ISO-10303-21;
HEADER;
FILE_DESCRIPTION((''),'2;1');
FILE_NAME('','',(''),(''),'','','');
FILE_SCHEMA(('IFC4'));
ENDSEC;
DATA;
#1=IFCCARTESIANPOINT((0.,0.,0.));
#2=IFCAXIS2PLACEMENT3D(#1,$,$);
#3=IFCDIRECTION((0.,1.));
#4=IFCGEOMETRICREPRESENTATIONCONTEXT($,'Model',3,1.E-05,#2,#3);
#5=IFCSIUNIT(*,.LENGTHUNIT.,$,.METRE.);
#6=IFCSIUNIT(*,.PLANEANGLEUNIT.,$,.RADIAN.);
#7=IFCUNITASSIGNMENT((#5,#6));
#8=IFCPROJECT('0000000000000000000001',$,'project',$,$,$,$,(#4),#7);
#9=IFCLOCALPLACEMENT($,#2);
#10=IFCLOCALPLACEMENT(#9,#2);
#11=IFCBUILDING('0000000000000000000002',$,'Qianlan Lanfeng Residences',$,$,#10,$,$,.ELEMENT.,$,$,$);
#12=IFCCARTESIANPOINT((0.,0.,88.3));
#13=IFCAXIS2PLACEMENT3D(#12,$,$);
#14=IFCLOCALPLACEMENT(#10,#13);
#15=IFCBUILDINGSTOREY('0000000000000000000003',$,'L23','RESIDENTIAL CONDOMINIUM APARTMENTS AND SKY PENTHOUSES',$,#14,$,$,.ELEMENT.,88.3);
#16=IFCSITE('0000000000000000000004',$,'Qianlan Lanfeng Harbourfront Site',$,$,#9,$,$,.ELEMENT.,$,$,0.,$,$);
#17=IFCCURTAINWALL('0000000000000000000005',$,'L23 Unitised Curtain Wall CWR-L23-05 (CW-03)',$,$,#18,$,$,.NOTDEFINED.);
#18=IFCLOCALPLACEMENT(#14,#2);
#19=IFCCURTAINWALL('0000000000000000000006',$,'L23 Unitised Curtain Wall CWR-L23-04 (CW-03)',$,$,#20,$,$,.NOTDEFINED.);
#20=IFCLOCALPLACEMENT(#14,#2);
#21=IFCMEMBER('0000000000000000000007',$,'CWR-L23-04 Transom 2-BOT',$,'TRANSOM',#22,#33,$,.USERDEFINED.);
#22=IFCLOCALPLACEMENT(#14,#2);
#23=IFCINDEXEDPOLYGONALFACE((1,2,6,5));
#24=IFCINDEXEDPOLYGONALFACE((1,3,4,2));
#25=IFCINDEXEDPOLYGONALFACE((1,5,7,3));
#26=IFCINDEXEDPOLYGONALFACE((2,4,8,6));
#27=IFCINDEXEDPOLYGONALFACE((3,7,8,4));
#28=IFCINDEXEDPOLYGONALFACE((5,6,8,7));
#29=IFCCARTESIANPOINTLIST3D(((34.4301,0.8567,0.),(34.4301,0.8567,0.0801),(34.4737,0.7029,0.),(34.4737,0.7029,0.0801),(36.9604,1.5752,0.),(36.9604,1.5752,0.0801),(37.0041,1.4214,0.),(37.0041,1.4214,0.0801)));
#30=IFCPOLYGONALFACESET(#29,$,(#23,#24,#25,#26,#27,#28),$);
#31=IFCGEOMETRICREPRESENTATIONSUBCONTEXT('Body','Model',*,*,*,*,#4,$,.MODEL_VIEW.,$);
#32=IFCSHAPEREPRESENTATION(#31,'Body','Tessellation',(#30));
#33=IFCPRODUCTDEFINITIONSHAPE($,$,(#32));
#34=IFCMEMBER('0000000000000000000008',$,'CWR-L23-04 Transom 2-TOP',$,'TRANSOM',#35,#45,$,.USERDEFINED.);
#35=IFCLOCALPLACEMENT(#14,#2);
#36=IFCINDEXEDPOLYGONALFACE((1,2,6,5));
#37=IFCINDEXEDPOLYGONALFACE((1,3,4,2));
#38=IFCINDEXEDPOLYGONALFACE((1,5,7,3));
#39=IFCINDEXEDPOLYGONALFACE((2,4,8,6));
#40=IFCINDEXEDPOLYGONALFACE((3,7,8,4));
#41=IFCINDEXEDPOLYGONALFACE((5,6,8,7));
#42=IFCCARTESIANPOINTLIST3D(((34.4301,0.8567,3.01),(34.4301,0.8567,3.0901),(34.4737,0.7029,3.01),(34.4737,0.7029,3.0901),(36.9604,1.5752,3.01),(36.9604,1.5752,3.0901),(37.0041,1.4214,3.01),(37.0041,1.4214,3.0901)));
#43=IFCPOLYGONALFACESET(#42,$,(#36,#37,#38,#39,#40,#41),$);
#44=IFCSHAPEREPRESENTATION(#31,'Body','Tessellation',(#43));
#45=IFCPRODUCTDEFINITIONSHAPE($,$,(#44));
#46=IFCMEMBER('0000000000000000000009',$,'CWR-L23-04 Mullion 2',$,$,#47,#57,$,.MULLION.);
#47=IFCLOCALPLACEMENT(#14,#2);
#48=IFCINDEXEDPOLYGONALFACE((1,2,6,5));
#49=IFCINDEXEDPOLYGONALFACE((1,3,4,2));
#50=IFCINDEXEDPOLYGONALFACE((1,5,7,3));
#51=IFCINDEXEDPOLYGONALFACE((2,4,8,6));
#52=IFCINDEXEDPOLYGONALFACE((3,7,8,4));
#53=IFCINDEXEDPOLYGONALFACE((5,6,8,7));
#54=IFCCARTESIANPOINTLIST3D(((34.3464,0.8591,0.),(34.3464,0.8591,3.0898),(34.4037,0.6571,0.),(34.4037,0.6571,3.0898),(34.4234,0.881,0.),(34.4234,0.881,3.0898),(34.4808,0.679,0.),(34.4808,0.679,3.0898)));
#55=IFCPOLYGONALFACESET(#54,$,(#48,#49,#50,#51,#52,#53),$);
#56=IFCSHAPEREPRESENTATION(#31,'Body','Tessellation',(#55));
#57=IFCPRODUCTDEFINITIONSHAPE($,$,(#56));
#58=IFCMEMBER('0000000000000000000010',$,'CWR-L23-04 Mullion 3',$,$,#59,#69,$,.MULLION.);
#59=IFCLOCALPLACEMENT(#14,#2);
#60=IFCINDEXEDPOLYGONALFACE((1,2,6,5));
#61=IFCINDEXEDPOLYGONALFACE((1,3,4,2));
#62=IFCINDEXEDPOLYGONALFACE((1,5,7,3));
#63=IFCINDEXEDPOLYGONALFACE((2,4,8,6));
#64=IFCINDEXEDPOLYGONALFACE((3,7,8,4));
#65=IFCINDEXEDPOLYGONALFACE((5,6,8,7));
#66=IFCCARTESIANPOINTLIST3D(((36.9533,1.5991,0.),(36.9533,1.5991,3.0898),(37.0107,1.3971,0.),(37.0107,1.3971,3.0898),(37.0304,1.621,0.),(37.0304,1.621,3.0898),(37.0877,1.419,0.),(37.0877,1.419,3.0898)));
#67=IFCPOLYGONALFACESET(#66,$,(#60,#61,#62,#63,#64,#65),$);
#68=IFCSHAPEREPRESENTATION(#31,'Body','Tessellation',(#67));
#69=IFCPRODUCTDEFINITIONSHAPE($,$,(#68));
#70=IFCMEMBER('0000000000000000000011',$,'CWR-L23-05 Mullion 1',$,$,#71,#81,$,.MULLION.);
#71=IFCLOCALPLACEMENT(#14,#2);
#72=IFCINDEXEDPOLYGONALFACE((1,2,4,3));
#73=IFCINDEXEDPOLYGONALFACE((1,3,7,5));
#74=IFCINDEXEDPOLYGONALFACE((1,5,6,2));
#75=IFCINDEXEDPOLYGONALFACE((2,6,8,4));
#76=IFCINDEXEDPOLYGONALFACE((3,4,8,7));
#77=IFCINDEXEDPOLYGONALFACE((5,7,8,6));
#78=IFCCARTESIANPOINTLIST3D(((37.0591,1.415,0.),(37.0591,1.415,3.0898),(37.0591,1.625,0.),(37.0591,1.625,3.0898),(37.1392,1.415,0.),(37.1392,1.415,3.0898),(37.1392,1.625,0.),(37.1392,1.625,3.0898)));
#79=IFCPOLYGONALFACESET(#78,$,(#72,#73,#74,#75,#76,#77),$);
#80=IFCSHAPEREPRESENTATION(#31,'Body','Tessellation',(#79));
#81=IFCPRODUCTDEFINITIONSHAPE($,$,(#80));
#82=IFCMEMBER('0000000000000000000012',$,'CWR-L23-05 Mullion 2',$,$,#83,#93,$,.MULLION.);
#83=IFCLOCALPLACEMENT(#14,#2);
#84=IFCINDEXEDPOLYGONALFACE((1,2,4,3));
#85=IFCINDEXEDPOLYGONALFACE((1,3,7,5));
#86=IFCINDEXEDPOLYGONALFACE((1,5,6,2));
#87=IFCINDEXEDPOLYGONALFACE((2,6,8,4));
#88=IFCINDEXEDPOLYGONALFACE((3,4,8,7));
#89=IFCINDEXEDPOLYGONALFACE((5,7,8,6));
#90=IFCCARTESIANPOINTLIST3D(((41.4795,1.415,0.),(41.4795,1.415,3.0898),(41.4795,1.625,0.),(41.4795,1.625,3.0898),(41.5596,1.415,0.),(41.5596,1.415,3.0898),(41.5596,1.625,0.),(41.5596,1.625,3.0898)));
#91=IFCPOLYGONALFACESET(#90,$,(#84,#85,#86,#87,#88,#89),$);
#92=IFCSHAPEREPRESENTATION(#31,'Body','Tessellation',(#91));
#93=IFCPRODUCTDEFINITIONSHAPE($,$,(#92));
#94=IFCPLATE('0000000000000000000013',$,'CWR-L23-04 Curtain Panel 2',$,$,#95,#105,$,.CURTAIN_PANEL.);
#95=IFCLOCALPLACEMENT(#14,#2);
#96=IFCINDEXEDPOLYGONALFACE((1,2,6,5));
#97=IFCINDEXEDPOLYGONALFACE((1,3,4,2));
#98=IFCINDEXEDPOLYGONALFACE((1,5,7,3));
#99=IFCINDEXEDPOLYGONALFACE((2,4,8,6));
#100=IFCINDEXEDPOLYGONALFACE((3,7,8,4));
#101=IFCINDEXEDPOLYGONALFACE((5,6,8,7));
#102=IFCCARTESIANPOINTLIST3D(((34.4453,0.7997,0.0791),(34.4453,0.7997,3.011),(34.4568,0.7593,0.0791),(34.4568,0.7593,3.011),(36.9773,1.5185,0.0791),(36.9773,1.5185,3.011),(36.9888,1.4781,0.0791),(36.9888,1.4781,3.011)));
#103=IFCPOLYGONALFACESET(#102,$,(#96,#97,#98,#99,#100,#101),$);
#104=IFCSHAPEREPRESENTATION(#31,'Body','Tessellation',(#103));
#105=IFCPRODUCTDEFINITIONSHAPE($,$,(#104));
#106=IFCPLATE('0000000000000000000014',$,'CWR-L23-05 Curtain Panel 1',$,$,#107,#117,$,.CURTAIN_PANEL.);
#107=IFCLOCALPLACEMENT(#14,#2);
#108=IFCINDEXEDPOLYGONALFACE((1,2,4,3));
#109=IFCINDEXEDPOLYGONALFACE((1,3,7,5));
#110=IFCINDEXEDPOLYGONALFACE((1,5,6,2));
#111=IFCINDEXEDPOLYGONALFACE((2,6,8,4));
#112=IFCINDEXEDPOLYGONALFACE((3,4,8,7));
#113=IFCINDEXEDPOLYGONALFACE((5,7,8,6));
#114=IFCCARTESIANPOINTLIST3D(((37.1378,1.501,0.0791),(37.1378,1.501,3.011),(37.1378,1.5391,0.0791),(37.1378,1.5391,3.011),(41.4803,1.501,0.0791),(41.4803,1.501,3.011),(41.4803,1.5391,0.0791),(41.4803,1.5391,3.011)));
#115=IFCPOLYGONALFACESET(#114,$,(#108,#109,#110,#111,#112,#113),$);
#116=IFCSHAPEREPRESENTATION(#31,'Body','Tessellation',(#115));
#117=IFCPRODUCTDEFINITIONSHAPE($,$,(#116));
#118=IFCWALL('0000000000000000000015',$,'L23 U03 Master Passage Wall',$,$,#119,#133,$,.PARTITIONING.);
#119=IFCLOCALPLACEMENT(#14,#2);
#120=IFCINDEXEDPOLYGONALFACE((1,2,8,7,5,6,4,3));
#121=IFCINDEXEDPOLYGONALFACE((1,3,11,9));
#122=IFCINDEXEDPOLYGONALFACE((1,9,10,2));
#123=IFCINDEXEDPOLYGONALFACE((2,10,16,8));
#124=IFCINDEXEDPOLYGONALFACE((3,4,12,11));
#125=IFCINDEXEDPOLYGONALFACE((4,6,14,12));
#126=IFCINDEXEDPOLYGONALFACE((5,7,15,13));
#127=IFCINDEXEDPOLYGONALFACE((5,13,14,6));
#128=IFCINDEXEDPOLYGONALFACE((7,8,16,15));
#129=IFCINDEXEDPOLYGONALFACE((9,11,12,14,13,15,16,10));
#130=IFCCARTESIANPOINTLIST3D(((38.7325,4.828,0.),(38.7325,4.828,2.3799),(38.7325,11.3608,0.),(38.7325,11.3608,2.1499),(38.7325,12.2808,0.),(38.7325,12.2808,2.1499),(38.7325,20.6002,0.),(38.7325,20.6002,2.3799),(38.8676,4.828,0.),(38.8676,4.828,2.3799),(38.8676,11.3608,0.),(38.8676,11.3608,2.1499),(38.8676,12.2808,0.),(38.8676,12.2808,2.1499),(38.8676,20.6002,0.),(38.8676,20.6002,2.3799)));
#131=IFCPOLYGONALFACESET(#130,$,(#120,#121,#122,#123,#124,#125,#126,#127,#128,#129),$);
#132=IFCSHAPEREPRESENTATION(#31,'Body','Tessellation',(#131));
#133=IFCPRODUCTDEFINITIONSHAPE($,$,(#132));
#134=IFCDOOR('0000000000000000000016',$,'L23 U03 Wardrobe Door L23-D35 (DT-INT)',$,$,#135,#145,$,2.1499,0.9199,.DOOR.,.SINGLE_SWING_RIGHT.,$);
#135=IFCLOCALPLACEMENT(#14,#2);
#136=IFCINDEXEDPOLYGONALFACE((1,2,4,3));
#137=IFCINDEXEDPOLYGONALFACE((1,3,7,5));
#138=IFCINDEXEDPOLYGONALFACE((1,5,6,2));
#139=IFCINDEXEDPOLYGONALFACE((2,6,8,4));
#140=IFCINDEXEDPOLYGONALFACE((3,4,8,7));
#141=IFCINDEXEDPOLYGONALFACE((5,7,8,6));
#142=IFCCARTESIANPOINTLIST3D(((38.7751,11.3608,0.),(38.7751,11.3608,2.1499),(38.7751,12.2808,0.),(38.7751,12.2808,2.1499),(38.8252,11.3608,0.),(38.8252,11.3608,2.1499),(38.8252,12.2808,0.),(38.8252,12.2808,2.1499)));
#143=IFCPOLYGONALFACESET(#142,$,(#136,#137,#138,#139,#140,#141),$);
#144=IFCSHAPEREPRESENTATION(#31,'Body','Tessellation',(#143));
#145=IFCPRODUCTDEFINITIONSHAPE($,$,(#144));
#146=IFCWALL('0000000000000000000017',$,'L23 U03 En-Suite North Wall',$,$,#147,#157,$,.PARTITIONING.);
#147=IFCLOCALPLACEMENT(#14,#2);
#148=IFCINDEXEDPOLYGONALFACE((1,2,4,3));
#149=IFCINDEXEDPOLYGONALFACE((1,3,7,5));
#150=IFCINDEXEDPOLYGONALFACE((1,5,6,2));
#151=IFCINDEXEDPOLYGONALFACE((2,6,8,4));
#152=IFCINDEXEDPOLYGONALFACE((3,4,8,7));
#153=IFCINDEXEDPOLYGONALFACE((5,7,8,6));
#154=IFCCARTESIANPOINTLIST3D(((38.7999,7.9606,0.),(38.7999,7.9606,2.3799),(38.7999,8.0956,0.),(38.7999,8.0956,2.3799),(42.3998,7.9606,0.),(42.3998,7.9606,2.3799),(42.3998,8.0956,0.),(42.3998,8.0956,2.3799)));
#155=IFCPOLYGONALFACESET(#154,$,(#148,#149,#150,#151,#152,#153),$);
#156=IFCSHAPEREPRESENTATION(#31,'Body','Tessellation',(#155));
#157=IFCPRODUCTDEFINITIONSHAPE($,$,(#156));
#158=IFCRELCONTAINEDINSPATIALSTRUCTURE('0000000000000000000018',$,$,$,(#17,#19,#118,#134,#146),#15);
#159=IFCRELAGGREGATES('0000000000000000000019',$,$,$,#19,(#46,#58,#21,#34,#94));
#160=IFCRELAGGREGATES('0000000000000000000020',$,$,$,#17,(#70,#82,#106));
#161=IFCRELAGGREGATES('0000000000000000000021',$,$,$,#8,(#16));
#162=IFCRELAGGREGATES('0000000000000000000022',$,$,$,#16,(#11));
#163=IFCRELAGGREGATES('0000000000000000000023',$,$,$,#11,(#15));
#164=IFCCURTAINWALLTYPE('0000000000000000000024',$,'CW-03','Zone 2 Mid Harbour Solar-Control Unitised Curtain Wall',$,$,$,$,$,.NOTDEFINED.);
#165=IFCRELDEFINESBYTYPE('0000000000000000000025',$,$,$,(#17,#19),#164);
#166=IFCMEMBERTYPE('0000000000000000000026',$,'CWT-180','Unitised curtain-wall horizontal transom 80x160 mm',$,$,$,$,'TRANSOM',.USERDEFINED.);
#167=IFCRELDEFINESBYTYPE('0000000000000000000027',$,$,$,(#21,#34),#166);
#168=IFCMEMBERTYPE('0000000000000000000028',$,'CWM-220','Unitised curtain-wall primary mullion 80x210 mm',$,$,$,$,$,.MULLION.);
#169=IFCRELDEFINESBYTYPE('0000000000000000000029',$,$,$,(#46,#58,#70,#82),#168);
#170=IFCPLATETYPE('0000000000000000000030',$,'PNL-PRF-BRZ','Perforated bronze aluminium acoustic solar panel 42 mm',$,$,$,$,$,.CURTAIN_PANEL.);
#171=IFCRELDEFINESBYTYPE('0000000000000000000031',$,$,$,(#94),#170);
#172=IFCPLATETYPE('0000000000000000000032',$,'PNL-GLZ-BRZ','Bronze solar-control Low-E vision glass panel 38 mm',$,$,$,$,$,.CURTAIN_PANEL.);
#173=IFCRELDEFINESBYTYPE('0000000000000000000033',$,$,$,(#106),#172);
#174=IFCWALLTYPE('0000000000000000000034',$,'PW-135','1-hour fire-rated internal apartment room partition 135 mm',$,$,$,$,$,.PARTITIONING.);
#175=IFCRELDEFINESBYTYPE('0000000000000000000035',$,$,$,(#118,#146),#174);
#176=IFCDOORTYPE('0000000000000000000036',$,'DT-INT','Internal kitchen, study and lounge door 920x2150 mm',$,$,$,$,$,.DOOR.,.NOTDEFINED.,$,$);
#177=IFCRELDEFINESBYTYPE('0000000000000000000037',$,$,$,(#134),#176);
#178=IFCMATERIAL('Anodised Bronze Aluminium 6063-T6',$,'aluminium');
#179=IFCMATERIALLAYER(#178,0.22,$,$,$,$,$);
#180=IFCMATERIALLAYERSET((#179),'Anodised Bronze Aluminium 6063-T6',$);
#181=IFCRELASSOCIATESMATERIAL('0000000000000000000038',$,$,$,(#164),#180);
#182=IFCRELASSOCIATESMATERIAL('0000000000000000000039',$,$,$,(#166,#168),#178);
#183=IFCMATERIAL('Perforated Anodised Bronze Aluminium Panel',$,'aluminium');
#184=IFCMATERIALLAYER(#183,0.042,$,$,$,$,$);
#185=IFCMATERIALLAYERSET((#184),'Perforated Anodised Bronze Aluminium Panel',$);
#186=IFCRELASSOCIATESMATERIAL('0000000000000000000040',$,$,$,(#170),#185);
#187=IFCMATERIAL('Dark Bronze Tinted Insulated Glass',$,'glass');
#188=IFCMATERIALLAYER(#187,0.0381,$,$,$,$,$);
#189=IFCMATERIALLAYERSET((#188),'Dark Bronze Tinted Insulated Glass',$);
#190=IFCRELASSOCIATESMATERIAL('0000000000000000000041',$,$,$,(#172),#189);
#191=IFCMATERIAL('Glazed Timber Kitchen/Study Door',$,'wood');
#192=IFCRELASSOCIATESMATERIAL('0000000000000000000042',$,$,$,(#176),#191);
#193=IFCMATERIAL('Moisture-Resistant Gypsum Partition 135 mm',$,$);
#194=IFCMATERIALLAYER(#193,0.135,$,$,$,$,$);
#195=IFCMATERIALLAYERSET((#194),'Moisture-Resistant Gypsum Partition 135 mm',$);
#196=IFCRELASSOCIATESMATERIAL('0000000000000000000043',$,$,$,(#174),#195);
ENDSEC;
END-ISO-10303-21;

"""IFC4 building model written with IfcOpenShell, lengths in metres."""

from ifc_helpers import new_model, si_unit, direction, frame, frame_2d, origin, origin_2d, place, context, subcontext, project, spatial, rectangle, extrude, source, transform, mapped, material, layer, layer_set, material_profile, profile_set, type_object, element, fill, aggregate, save


model = new_model("IFC4")

# Units and contexts
model_context = context("Model", 3, precision=1e-05, world=origin(), true_north=direction((0.0, 1.0)))
body_context = subcontext(model_context, "Body", "Model", "MODEL_VIEW")
ifc_project = project(units=[si_unit("LENGTHUNIT", "METRE"), si_unit("PLANEANGLEUNIT", "RADIAN")], contexts=[model_context])

# Site, building, storey
site_placement = place(None, origin())
site = spatial("IfcSite", under=ifc_project, at=site_placement, Name="Qianlan Lanfeng Harbourfront Site", CompositionType="ELEMENT", RefElevation=0.0)
building_placement = place(site_placement, origin())
building = spatial("IfcBuilding", under=site, at=building_placement, Name="Qianlan Lanfeng Residences", CompositionType="ELEMENT")
storey_placement = place(building_placement, frame((0.0, 0.0, 88.3)))
storey = spatial("IfcBuildingStorey", under=building, at=storey_placement, Name="L23", Description="RESIDENTIAL CONDOMINIUM APARTMENTS AND SKY PENTHOUSES", CompositionType="ELEMENT", Elevation=88.3)

# Curtain walls, members
ifc_material_1 = material(Name="Anodised Bronze Aluminium 6063-T6", Category="aluminium")
ifc_layer_1 = layer(ifc_material_1, 0.22)
ifc_layer_set_1 = layer_set([ifc_layer_1], Name="Anodised Bronze Aluminium 6063-T6")
curtain_wall_type = type_object("IfcCurtainWallType", Name="CW-03", Description="Zone 2 Mid Harbour Solar-Control Unitised Curtain Wall", PredefinedType="NOTDEFINED", material=ifc_layer_set_1)
curtain_wall_1_placement = place(storey_placement, origin())
curtain_wall_1 = element("IfcCurtainWall", 1, at=curtain_wall_1_placement, inside=storey, type_object=curtain_wall_type, Name="L23 Unitised Curtain Wall CWR-L23-05 (CW-03)", PredefinedType="NOTDEFINED")
ifc_material_profile_1 = material_profile(ifc_material_1, rectangle(XDim=0.0801, YDim=0.1599, at=origin_2d()), Name="ALU TRANSOM 80x160")
ifc_profile_set_1 = profile_set([ifc_material_profile_1], Name="Anodised Bronze Aluminium 6063-T6")
member_type_1 = type_object("IfcMemberType", Name="CWT-180", Description="Unitised curtain-wall horizontal transom 80x160 mm", ElementType="TRANSOM", PredefinedType="USERDEFINED", material=ifc_profile_set_1)
curtain_wall_2_placement = place(storey_placement, origin())
curtain_wall_2 = element("IfcCurtainWall", 2, at=curtain_wall_2_placement, inside=storey, type_object=curtain_wall_type, Name="L23 Unitised Curtain Wall CWR-L23-04 (CW-03)", PredefinedType="NOTDEFINED")
shared_shape_1 = source(origin(), body_context, "Body", "SweptSolid", [
    extrude(rectangle(XDim=0.0801, YDim=0.1599, at=origin_2d()), origin(), (0.0, 0.0, 1.0), 2.6304),
])
member_1_placement = place(storey_placement, frame((34.4519, 0.7798, 0.04), z_axis=(0.961968, 0.273164, 0.0), x_axis=(0.0, 0.0, 1.0)))
member_1 = element("IfcMember", 3, at=member_1_placement, type_object=member_type_1, Name="CWR-L23-04 Transom 2-BOT", ObjectType="TRANSOM", PredefinedType="USERDEFINED", context=body_context, shape_type="MappedRepresentation", body=[
    mapped(shared_shape_1, transform((0.0, 0.0, 0.0), scale=1.0)),
])
member_2_placement = place(storey_placement, frame((34.4519, 0.7798, 3.05), z_axis=(0.961968, 0.273164, 0.0), x_axis=(0.0, 0.0, 1.0)))
member_2 = element("IfcMember", 4, at=member_2_placement, type_object=member_type_1, Name="CWR-L23-04 Transom 2-TOP", ObjectType="TRANSOM", PredefinedType="USERDEFINED", context=body_context, shape_type="MappedRepresentation", body=[
    mapped(shared_shape_1, transform((0.0, 0.0, 0.0), scale=1.0)),
])
ifc_material_profile_2 = material_profile(ifc_material_1, rectangle(XDim=0.0801, YDim=0.21, at=origin_2d()), Name="ALU MULLION 80x210")
ifc_profile_set_2 = profile_set([ifc_material_profile_2], Name="Anodised Bronze Aluminium 6063-T6")
member_type_2 = type_object("IfcMemberType", Name="CWM-220", Description="Unitised curtain-wall primary mullion 80x210 mm", PredefinedType="MULLION", material=ifc_profile_set_2)
shared_shape_2 = source(origin(), body_context, "Body", "SweptSolid", [
    extrude(rectangle(XDim=0.0801, YDim=0.21, at=origin_2d()), origin(), (0.0, 0.0, 1.0), 3.0898),
])
member_3_placement = place(storey_placement, frame((34.4136, 0.769, 0.0), z_axis=(0.0, 0.0, 1.0), x_axis=(0.961989, 0.273088, 0.0)))
member_3 = element("IfcMember", 5, at=member_3_placement, type_object=member_type_2, Name="CWR-L23-04 Mullion 2", PredefinedType="MULLION", context=body_context, shape_type="MappedRepresentation", body=[
    mapped(shared_shape_2, transform((0.0, 0.0, 0.0), scale=1.0)),
])
member_4_placement = place(storey_placement, frame((37.0205, 1.509, 0.0), z_axis=(0.0, 0.0, 1.0), x_axis=(0.961989, 0.273088, 0.0)))
member_4 = element("IfcMember", 6, at=member_4_placement, type_object=member_type_2, Name="CWR-L23-04 Mullion 3", PredefinedType="MULLION", context=body_context, shape_type="MappedRepresentation", body=[
    mapped(shared_shape_2, transform((0.0, 0.0, 0.0), scale=1.0)),
])

# Members
member_5_placement = place(storey_placement, frame((37.0991, 1.52, 0.0), z_axis=(0.0, 0.0, 1.0), x_axis=(1.0, 0.0, 0.0)))
member_5 = element("IfcMember", 7, at=member_5_placement, type_object=member_type_2, Name="CWR-L23-05 Mullion 1", PredefinedType="MULLION", context=body_context, shape_type="MappedRepresentation", body=[
    mapped(shared_shape_2, transform((0.0, 0.0, 0.0), scale=1.0)),
])
member_6_placement = place(storey_placement, frame((41.5195, 1.52, 0.0), z_axis=(0.0, 0.0, 1.0), x_axis=(1.0, 0.0, 0.0)))
member_6 = element("IfcMember", 8, at=member_6_placement, type_object=member_type_2, Name="CWR-L23-05 Mullion 2", PredefinedType="MULLION", context=body_context, shape_type="MappedRepresentation", body=[
    mapped(shared_shape_2, transform((0.0, 0.0, 0.0), scale=1.0)),
])

# Plates
ifc_material_2 = material(Name="Perforated Anodised Bronze Aluminium Panel", Category="aluminium")
ifc_layer_2 = layer(ifc_material_2, 0.042)
ifc_layer_set_2 = layer_set([ifc_layer_2], Name="Perforated Anodised Bronze Aluminium Panel")
plate_type_1 = type_object("IfcPlateType", Name="PNL-PRF-BRZ", Description="Perforated bronze aluminium acoustic solar panel 42 mm", PredefinedType="CURTAIN_PANEL", material=ifc_layer_set_2)
shared_shape_3 = source(origin(), body_context, "Body", "SweptSolid", [
    extrude(rectangle(XDim=2.6321, YDim=0.042, at=origin_2d()), origin(), (0.0, 0.0, 1.0), 2.9319),
])
plate_1_placement = place(storey_placement, frame((35.717, 1.1389, 0.0791), z_axis=(0.0, 0.0, 1.0), x_axis=(0.961989, 0.273088, 0.0)))
plate_1 = element("IfcPlate", 9, at=plate_1_placement, type_object=plate_type_1, Name="CWR-L23-04 Curtain Panel 2", PredefinedType="CURTAIN_PANEL", context=body_context, shape_type="MappedRepresentation", body=[
    mapped(shared_shape_3, transform((0.0, 0.0, 0.0), scale=1.0)),
])
aggregate(curtain_wall_2, [member_3, member_4, member_1, member_2, plate_1])
ifc_material_3 = material(Name="Dark Bronze Tinted Insulated Glass", Category="glass")
ifc_layer_3 = layer(ifc_material_3, 0.0381)
ifc_layer_set_3 = layer_set([ifc_layer_3], Name="Dark Bronze Tinted Insulated Glass")
plate_type_2 = type_object("IfcPlateType", Name="PNL-GLZ-BRZ", Description="Bronze solar-control Low-E vision glass panel 38 mm", PredefinedType="CURTAIN_PANEL", material=ifc_layer_set_3)
shared_shape_4 = source(origin(), body_context, "Body", "SweptSolid", [
    extrude(rectangle(XDim=4.3425, YDim=0.0381, at=origin_2d()), origin(), (0.0, 0.0, 1.0), 2.9319),
])
plate_2_placement = place(storey_placement, frame((39.3091, 1.52, 0.0791), z_axis=(0.0, 0.0, 1.0), x_axis=(1.0, 0.0, 0.0)))
plate_2 = element("IfcPlate", 10, at=plate_2_placement, type_object=plate_type_2, Name="CWR-L23-05 Curtain Panel 1", PredefinedType="CURTAIN_PANEL", context=body_context, shape_type="MappedRepresentation", body=[
    mapped(shared_shape_4, transform((0.0, 0.0, 0.0), scale=1.0)),
])
aggregate(curtain_wall_1, [member_5, member_6, plate_2])

# Wall, opening, door
ifc_material_4 = material(Name="Glazed Timber Kitchen/Study Door", Category="wood")
door_type = type_object("IfcDoorType", Name="DT-INT", Description="Internal kitchen, study and lounge door 920x2150 mm", OperationType="NOTDEFINED", PredefinedType="DOOR", material=ifc_material_4)
ifc_material_5 = material(Name="Moisture-Resistant Gypsum Partition 135 mm")
ifc_layer_4 = layer(ifc_material_5, 0.135)
ifc_layer_set_4 = layer_set([ifc_layer_4], Name="Moisture-Resistant Gypsum Partition 135 mm")
wall_type_1 = type_object("IfcWallType", Name="PW-135", Description="1-hour fire-rated internal apartment room partition 135 mm", PredefinedType="PARTITIONING", material=ifc_layer_set_4)
wall_1_placement = place(storey_placement, frame((38.8, 4.8279, 0.0), z_axis=(0.0, 0.0, 1.0), x_axis=(0.0, 1.0, 0.0)))
wall_1 = element("IfcWall", 11, at=wall_1_placement, inside=storey, type_object=wall_type_1, Name="L23 U03 Master Passage Wall", PredefinedType="PARTITIONING", context=body_context, shape_type="SweptSolid", body=[
    extrude(rectangle(XDim=15.7722, YDim=0.135, at=frame_2d((7.8862, 0.0))), origin(), (0.0, 0.0, 1.0), 2.3799),
])
opening_1_placement = place(wall_1_placement, frame((6.533, 0.0, 0.0)))
opening_1 = element("IfcOpeningElement", 12, at=opening_1_placement, cuts=wall_1, PredefinedType="OPENING", context=body_context, shape_type="SweptSolid", body=[
    extrude(rectangle(XDim=0.9199, YDim=2.1499, at=frame_2d((0.46, 1.075))), frame((0.0, 0.0776, 0.0), z_axis=(0.0, -1.0, 0.0), x_axis=(1.0, 0.0, 0.0)), (0.0, 0.0, 1.0), 0.155),
])
door_1_placement = place(opening_1_placement, origin())
door_1 = element("IfcDoor", 13, at=door_1_placement, inside=storey, type_object=door_type, Name="L23 U03 Wardrobe Door L23-D35 (DT-INT)", OperationType="SINGLE_SWING_RIGHT", OverallHeight=2.1499, OverallWidth=0.9199, PredefinedType="DOOR", context=body_context, shape_type="SweptSolid", body=[
    extrude(rectangle(XDim=0.9199, YDim=2.1499, at=frame_2d((0.46, 1.075))), frame((0.0, 0.0249, 0.0), z_axis=(0.0, -1.0, 0.0), x_axis=(1.0, 0.0, 0.0)), (0.0, 0.0, 1.0), 0.05),
])
fill(opening_1, door_1)

# Wall
wall_2_placement = place(storey_placement, frame((38.8, 8.0281, 0.0), z_axis=(0.0, 0.0, 1.0), x_axis=(1.0, 0.0, 0.0)))
element("IfcWall", 14, at=wall_2_placement, inside=storey, type_object=wall_type_1, Name="L23 U03 En-Suite North Wall", PredefinedType="PARTITIONING", context=body_context, shape_type="SweptSolid", body=[
    extrude(rectangle(XDim=3.5999, YDim=0.135, at=frame_2d((1.7998, 0.0))), origin(), (0.0, 0.0, 1.0), 2.3799),
])

save(model, "model.ifc")
